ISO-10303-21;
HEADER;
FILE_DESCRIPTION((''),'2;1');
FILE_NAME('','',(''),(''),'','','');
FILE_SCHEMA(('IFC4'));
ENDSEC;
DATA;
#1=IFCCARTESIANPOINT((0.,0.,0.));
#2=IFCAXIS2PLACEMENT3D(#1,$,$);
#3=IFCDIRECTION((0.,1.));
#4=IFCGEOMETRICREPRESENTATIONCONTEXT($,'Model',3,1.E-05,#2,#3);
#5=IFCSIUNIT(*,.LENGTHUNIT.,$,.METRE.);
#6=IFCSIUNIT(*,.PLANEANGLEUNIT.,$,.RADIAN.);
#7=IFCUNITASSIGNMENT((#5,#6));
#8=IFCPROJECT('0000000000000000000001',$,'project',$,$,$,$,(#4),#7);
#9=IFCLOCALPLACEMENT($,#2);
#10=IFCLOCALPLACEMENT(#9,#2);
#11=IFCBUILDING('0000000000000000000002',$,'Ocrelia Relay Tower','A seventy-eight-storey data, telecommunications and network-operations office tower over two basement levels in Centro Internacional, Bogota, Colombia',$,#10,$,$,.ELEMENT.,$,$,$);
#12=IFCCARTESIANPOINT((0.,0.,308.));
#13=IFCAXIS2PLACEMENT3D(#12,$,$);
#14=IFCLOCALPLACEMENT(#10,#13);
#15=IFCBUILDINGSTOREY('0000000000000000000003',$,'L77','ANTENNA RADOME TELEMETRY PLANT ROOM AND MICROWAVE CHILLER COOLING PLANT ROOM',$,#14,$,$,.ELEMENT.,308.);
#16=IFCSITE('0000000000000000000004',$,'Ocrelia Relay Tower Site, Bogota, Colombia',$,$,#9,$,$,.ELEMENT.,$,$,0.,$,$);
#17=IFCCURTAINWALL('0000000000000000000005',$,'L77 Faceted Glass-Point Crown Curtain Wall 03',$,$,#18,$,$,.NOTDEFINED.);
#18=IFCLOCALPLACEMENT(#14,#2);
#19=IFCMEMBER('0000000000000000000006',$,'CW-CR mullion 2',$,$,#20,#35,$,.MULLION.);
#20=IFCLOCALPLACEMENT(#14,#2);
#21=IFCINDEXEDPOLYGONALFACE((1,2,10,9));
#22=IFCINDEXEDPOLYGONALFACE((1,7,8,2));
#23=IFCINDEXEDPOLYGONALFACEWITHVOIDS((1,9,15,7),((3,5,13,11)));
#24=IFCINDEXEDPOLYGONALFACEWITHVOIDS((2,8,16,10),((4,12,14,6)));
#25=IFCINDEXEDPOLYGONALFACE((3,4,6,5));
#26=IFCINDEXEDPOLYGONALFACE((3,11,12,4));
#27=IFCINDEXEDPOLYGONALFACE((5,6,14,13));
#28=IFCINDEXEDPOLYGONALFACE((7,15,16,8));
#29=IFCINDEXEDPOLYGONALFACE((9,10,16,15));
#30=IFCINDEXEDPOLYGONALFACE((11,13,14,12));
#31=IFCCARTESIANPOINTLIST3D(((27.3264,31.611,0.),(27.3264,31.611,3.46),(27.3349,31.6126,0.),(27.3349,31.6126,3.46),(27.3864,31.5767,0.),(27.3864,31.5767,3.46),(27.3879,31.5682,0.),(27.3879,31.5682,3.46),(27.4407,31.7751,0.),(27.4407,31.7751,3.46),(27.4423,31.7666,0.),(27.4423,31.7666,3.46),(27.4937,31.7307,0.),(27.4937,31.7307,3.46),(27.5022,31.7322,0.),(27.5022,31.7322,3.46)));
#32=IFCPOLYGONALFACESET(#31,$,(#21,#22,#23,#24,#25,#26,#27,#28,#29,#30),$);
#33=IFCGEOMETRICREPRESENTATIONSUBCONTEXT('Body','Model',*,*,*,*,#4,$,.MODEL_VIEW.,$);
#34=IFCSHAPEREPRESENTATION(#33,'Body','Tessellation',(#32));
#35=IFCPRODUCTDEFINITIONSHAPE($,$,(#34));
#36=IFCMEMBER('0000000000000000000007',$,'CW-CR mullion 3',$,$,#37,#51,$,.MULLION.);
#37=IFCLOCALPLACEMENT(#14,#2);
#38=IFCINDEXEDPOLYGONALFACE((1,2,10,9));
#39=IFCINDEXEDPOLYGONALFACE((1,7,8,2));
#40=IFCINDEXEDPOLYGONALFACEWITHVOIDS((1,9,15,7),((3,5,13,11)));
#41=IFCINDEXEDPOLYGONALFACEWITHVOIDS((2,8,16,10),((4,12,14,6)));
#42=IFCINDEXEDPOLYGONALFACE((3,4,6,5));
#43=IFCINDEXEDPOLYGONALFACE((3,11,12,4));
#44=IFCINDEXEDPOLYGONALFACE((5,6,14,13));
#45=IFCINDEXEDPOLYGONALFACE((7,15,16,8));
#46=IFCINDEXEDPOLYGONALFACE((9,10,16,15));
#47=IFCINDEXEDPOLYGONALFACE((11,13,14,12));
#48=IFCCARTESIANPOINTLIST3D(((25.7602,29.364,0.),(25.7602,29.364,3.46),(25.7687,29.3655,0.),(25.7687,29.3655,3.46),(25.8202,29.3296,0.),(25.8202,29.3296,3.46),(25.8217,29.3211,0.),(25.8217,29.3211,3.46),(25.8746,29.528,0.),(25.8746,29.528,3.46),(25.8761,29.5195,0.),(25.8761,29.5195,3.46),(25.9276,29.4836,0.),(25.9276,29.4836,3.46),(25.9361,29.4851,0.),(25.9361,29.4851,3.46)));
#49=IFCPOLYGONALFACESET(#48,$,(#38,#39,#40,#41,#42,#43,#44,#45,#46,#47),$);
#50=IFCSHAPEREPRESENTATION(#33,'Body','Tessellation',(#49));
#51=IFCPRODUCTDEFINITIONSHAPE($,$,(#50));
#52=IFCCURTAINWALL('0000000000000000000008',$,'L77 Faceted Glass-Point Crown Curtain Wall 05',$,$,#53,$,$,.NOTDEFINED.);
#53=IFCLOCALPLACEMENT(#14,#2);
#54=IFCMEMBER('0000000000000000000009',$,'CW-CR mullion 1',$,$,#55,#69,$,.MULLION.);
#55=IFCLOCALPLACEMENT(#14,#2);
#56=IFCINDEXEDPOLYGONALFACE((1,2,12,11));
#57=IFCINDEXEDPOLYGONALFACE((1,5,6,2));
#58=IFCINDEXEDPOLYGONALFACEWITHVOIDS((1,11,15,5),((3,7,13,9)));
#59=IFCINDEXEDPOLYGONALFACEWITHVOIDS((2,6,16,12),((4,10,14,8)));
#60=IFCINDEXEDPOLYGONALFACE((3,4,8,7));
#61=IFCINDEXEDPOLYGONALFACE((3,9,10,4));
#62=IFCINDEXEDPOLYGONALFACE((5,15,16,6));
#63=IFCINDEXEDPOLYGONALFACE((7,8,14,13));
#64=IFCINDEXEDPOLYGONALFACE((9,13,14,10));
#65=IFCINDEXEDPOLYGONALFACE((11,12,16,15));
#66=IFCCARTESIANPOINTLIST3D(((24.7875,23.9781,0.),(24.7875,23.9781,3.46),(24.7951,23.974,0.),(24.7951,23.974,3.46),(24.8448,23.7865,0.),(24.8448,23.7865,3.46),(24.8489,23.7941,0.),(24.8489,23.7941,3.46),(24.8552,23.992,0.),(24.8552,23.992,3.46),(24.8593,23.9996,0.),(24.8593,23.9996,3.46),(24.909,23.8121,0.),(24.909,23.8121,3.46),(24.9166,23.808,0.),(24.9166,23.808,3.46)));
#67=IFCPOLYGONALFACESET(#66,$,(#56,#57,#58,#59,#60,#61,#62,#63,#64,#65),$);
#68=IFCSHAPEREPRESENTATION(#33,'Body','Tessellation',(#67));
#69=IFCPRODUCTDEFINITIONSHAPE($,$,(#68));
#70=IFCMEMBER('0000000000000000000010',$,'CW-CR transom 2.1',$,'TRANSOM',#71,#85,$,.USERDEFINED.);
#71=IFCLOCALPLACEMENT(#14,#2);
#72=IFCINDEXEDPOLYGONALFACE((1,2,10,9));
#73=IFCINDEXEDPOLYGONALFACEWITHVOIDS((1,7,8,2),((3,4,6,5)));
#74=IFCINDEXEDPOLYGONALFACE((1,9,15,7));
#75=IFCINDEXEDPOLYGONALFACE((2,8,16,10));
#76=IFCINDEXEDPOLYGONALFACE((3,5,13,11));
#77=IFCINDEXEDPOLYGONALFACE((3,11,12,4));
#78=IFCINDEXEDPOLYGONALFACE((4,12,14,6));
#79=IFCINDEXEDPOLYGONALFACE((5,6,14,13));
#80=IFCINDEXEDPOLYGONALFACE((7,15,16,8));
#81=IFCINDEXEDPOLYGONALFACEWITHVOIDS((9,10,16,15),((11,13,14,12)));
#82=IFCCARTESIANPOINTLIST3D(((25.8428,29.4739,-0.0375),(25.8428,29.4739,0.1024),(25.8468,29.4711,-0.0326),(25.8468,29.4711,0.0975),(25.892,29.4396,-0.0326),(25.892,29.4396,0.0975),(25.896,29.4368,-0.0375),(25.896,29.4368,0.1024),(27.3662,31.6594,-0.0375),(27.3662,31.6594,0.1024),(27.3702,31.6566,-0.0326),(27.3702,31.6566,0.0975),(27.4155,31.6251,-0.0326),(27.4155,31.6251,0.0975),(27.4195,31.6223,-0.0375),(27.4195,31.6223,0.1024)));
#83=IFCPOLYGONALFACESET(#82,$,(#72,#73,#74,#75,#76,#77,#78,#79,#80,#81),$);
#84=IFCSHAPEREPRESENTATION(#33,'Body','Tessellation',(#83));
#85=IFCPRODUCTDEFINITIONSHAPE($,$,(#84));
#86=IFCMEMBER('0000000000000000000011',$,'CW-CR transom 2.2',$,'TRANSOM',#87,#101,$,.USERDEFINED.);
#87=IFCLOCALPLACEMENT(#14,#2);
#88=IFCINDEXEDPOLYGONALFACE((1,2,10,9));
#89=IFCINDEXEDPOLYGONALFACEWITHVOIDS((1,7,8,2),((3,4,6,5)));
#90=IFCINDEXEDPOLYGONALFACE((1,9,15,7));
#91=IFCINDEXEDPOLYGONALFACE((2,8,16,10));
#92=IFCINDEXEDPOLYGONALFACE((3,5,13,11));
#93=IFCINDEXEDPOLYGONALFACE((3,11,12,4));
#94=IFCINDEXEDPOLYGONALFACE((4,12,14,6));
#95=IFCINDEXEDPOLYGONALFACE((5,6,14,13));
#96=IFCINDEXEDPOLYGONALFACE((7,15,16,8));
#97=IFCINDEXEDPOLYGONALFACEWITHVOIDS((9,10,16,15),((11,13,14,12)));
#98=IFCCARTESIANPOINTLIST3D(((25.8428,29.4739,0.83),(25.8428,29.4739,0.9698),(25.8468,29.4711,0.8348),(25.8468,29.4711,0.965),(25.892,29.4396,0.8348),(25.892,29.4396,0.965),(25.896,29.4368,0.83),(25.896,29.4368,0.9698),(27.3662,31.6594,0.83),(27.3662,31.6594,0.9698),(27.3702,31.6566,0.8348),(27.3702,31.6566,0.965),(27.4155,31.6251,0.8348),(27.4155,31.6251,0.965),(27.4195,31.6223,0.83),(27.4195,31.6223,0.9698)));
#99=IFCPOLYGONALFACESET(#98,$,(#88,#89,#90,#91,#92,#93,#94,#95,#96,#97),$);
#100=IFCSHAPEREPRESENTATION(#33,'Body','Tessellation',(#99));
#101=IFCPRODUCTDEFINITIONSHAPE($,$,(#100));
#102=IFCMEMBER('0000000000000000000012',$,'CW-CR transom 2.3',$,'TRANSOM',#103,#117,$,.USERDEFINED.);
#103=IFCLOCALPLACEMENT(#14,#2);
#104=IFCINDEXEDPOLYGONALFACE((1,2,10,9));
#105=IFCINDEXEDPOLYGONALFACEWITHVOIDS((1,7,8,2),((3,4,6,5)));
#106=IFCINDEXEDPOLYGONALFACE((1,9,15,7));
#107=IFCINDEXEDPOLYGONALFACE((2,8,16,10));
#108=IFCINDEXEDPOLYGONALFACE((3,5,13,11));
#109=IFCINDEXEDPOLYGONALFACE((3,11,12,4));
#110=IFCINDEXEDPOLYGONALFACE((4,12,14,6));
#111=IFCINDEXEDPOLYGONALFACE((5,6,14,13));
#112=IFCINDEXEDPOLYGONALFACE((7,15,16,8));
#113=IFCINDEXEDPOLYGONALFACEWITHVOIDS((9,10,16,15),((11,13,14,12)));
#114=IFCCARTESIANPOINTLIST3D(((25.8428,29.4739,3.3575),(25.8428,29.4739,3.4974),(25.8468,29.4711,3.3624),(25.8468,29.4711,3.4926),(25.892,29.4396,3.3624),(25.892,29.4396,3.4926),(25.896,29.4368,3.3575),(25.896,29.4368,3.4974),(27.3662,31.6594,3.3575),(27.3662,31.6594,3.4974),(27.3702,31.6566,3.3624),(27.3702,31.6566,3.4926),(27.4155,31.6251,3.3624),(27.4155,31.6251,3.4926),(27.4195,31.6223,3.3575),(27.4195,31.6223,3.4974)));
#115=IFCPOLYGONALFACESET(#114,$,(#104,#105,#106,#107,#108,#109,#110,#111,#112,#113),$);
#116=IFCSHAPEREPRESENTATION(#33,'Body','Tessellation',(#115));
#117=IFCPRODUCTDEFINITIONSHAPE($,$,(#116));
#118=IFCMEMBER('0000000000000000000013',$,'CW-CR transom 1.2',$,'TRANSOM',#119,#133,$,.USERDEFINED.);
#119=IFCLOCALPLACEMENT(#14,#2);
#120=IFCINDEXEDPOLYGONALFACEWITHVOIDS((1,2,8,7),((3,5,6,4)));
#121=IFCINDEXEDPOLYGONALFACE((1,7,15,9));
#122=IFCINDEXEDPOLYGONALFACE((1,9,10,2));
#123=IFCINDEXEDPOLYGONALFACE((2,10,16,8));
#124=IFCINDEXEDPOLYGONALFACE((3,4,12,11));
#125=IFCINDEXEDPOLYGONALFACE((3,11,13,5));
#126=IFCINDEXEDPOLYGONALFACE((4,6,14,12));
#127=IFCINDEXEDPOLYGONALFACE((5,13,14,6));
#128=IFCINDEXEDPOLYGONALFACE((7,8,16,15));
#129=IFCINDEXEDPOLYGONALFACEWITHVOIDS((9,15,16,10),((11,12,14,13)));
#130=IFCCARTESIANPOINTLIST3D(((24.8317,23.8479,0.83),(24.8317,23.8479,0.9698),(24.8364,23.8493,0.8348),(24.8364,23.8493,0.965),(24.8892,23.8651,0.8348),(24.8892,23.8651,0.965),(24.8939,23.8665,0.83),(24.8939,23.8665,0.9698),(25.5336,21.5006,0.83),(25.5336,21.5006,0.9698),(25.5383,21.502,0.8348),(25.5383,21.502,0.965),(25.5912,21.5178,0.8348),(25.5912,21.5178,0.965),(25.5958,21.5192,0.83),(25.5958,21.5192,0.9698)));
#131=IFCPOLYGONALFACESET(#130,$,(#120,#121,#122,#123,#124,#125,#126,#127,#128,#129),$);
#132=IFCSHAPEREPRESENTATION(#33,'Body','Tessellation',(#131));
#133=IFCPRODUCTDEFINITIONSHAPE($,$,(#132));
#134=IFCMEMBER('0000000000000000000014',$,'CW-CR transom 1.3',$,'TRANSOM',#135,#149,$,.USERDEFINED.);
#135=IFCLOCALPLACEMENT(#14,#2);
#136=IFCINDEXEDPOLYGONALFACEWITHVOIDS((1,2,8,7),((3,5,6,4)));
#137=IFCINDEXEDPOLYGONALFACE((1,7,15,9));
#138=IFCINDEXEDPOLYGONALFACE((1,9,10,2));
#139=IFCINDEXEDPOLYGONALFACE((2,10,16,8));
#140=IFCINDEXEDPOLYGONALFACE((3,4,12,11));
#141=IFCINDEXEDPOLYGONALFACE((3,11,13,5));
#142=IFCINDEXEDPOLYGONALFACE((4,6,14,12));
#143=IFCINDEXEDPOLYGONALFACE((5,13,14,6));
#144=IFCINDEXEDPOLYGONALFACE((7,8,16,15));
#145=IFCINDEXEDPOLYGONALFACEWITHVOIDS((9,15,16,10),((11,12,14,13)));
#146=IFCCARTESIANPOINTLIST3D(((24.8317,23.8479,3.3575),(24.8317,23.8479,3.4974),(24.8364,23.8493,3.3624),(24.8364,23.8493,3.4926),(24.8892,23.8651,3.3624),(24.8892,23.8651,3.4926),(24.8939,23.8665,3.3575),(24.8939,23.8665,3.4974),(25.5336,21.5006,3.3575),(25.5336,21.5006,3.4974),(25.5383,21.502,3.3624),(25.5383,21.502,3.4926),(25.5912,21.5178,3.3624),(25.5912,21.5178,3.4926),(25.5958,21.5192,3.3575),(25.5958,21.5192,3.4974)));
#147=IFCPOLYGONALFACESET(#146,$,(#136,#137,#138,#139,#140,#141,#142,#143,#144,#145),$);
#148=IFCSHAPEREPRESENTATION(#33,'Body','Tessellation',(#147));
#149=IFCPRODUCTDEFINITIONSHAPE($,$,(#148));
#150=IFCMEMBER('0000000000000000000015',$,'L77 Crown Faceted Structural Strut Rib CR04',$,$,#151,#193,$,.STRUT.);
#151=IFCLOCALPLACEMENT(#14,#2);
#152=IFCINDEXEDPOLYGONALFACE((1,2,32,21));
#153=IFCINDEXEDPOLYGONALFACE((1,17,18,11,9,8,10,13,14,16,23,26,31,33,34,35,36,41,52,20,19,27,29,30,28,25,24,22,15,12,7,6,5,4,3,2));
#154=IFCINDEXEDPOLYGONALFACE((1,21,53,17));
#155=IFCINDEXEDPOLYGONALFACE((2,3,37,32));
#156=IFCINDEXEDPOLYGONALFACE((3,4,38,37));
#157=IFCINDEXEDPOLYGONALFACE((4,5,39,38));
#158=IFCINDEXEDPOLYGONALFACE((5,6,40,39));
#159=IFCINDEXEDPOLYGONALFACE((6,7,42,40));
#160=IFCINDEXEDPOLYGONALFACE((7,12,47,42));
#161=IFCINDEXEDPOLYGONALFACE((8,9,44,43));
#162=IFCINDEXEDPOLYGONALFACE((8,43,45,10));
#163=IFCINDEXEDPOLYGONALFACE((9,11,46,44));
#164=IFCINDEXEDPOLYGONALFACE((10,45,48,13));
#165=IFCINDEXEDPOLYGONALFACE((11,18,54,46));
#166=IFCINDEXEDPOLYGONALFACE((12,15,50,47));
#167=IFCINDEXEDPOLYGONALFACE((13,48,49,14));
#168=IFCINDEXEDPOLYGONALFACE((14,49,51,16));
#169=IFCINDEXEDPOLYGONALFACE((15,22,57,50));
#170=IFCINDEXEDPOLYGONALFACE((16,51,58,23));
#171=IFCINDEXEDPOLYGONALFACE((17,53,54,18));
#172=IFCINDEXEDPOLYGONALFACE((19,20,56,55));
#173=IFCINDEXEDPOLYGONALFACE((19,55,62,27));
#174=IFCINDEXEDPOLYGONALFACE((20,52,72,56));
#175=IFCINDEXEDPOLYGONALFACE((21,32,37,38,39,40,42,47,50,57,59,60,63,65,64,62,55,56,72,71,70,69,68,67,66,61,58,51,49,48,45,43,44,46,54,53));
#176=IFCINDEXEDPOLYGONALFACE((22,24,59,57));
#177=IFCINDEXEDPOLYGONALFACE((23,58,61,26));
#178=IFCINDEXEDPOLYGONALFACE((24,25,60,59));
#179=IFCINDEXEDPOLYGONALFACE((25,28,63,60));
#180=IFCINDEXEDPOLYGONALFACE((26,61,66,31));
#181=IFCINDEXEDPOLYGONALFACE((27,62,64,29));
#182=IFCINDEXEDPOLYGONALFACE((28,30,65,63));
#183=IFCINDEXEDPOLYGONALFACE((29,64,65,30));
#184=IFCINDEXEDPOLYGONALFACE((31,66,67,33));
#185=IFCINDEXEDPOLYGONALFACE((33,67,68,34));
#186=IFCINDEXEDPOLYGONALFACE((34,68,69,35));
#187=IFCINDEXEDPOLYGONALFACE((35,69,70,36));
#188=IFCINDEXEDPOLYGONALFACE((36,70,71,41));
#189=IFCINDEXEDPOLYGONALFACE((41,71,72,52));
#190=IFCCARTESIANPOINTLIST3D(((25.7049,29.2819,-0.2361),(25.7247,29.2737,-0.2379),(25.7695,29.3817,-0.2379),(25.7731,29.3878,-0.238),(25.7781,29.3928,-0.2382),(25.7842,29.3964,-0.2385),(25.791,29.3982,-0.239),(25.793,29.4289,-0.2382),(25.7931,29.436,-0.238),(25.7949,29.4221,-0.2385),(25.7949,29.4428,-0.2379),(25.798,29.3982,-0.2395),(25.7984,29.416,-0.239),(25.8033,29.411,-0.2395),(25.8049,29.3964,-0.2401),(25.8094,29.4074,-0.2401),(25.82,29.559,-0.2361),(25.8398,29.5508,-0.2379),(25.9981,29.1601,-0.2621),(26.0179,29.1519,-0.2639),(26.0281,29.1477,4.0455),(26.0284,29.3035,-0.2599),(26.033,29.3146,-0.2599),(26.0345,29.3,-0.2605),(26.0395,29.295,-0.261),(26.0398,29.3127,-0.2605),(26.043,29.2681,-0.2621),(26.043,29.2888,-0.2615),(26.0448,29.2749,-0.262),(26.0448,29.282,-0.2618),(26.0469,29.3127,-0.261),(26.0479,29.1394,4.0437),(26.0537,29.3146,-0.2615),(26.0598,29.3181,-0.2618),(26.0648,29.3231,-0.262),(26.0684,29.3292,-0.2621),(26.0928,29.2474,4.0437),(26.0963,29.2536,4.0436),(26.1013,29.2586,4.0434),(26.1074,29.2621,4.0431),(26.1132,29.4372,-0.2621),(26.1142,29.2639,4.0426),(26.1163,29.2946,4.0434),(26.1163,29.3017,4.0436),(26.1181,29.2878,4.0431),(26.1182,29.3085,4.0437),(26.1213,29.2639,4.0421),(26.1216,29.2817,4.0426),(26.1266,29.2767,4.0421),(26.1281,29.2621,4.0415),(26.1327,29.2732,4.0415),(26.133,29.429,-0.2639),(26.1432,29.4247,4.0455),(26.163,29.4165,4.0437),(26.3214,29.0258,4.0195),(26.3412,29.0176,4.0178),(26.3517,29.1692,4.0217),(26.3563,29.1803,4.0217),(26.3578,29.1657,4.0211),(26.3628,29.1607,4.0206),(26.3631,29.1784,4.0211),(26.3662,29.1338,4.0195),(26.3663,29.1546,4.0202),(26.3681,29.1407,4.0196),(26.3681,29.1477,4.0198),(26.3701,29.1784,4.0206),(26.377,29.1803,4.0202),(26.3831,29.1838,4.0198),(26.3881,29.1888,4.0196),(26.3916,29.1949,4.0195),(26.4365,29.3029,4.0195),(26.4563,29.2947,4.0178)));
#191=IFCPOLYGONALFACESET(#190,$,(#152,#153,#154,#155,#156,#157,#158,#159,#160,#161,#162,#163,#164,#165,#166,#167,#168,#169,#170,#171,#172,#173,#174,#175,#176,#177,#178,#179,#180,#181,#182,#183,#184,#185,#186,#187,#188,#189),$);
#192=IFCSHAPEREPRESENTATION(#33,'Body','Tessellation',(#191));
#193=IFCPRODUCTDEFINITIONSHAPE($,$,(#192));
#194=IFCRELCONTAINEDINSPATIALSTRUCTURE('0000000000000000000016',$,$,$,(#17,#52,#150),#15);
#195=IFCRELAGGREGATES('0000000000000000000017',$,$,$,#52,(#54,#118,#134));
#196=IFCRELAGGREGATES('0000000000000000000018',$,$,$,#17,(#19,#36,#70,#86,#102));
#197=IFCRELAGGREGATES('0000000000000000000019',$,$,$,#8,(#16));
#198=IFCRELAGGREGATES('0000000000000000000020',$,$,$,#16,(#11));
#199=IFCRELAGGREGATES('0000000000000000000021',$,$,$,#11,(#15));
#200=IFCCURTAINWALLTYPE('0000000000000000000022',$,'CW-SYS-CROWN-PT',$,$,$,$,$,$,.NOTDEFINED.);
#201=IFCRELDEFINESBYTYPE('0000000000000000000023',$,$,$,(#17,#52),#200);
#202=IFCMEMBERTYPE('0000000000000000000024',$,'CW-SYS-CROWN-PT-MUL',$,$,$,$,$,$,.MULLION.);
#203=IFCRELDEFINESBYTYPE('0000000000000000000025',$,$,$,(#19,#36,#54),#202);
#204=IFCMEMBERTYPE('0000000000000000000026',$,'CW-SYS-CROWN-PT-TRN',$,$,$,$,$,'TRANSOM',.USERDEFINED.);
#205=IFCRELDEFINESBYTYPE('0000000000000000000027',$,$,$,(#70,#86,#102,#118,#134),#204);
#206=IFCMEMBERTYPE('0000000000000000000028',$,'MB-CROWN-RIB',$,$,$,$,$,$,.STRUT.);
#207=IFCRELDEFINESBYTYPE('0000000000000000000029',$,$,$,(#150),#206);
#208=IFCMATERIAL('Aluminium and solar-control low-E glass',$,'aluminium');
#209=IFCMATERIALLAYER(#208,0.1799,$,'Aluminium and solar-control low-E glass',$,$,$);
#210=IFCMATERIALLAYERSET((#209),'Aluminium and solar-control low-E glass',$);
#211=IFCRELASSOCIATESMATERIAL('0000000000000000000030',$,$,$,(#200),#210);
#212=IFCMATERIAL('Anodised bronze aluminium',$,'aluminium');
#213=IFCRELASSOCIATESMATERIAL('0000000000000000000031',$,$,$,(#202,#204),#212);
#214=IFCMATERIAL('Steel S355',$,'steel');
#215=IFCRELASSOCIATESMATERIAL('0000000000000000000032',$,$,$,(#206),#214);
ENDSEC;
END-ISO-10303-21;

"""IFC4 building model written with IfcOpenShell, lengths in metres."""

from ifc_helpers import new_model, si_unit, direction, frame, origin, origin_2d, place, context, subcontext, project, spatial, hollow_rectangle, i_section, extrude, material, layer, layer_set, material_profile, profile_set, type_object, element, aggregate, save


model = new_model("IFC4")

# Units and contexts
model_context = context("Model", 3, precision=1e-05, world=origin(), true_north=direction((0.0, 1.0)))
body_context = subcontext(model_context, "Body", "Model", "MODEL_VIEW")
ifc_project = project(units=[si_unit("LENGTHUNIT", "METRE"), si_unit("PLANEANGLEUNIT", "RADIAN")], contexts=[model_context])

# Site, building, storey
site_placement = place(None, origin())
site = spatial("IfcSite", under=ifc_project, at=site_placement, Name="Ocrelia Relay Tower Site, Bogota, Colombia", CompositionType="ELEMENT", RefElevation=0.0)
building_placement = place(site_placement, origin())
building = spatial("IfcBuilding", under=site, at=building_placement, Name="Ocrelia Relay Tower", Description="A seventy-eight-storey data, telecommunications and network-operations office tower over two basement levels in Centro Internacional, Bogota, Colombia", CompositionType="ELEMENT")
storey_placement = place(building_placement, frame((0.0, 0.0, 308.0)))
storey = spatial("IfcBuildingStorey", under=building, at=storey_placement, Name="L77", Description="ANTENNA RADOME TELEMETRY PLANT ROOM AND MICROWAVE CHILLER COOLING PLANT ROOM", CompositionType="ELEMENT", Elevation=308.0)

# Shared definitions
ifc_material_1 = material(Name="Steel S355", Category="steel")

# Curtain wall, members
ifc_material_2 = material(Name="Aluminium and solar-control low-E glass", Category="aluminium")
ifc_layer_1 = layer(ifc_material_2, 0.1799, Name="Aluminium and solar-control low-E glass")
ifc_layer_set_1 = layer_set([ifc_layer_1], Name="Aluminium and solar-control low-E glass")
curtain_wall_type = type_object("IfcCurtainWallType", Name="CW-SYS-CROWN-PT", PredefinedType="NOTDEFINED", material=ifc_layer_set_1)
curtain_wall_1_placement = place(storey_placement, origin())
curtain_wall_1 = element("IfcCurtainWall", 1, at=curtain_wall_1_placement, inside=storey, type_object=curtain_wall_type, Name="L77 Faceted Glass-Point Crown Curtain Wall 03", PredefinedType="NOTDEFINED")
ifc_material_3 = material(Name="Anodised bronze aluminium", Category="aluminium")
ifc_material_profile_1 = material_profile(ifc_material_3, hollow_rectangle(XDim=0.075, YDim=0.2, WallThickness=0.0061, at=origin_2d()), Name="CW-MUL-200x75")
ifc_profile_set_1 = profile_set([ifc_material_profile_1], Name="Anodised bronze aluminium")
member_type_1 = type_object("IfcMemberType", Name="CW-SYS-CROWN-PT-MUL", PredefinedType="MULLION", material=ifc_profile_set_1)
member_1_placement = place(storey_placement, frame((27.4143, 31.6716, 0.0), z_axis=(0.0, 0.0, 1.0), x_axis=(0.82036, -0.571848, 0.0)))
member_1 = element("IfcMember", 2, at=member_1_placement, type_object=member_type_1, Name="CW-CR mullion 2", PredefinedType="MULLION", context=body_context, shape_type="SweptSolid", body=[
    extrude(hollow_rectangle(XDim=0.075, YDim=0.2, WallThickness=0.0061, at=origin_2d()), origin(), (0.0, 0.0, 1.0), 3.46),
])
member_2_placement = place(storey_placement, frame((25.8481, 29.4246, 0.0), z_axis=(0.0, 0.0, 1.0), x_axis=(0.82036, -0.571848, 0.0)))
member_2 = element("IfcMember", 3, at=member_2_placement, type_object=member_type_1, Name="CW-CR mullion 3", PredefinedType="MULLION", context=body_context, shape_type="SweptSolid", body=[
    extrude(hollow_rectangle(XDim=0.075, YDim=0.2, WallThickness=0.0061, at=origin_2d()), origin(), (0.0, 0.0, 1.0), 3.46),
])

# Curtain wall, member
curtain_wall_2_placement = place(storey_placement, origin())
curtain_wall_2 = element("IfcCurtainWall", 4, at=curtain_wall_2_placement, inside=storey, type_object=curtain_wall_type, Name="L77 Faceted Glass-Point Crown Curtain Wall 05", PredefinedType="NOTDEFINED")
member_3_placement = place(storey_placement, frame((24.8521, 23.8931, 0.0), z_axis=(0.0, 0.0, 1.0), x_axis=(0.958057, 0.286578, 0.0)))
member_3 = element("IfcMember", 5, at=member_3_placement, type_object=member_type_1, Name="CW-CR mullion 1", PredefinedType="MULLION", context=body_context, shape_type="SweptSolid", body=[
    extrude(hollow_rectangle(XDim=0.075, YDim=0.2, WallThickness=0.0061, at=origin_2d()), origin(), (0.0, 0.0, 1.0), 3.46),
])

# Members
ifc_material_profile_2 = material_profile(ifc_material_3, hollow_rectangle(XDim=0.0649, YDim=0.1399, WallThickness=0.0049, at=origin_2d()), Name="CW-TRN-140x65")
ifc_profile_set_2 = profile_set([ifc_material_profile_2], Name="Anodised bronze aluminium")
member_type_2 = type_object("IfcMemberType", Name="CW-SYS-CROWN-PT-TRN", ElementType="TRANSOM", PredefinedType="USERDEFINED", material=ifc_profile_set_2)
member_4_placement = place(storey_placement, frame((27.3928, 31.6409, 0.0325), z_axis=(-0.571838, -0.820367, 0.0), x_axis=(0.820367, -0.571838, 0.0)))
member_4 = element("IfcMember", 6, at=member_4_placement, type_object=member_type_2, Name="CW-CR transom 2.1", ObjectType="TRANSOM", PredefinedType="USERDEFINED", context=body_context, shape_type="SweptSolid", body=[
    extrude(hollow_rectangle(XDim=0.0649, YDim=0.1399, WallThickness=0.0049, at=origin_2d()), origin(), (0.0, 0.0, 1.0), 2.6641),
])
member_5_placement = place(storey_placement, frame((27.3928, 31.6409, 0.8999), z_axis=(-0.571838, -0.820367, 0.0), x_axis=(0.820367, -0.571838, 0.0)))
member_5 = element("IfcMember", 7, at=member_5_placement, type_object=member_type_2, Name="CW-CR transom 2.2", ObjectType="TRANSOM", PredefinedType="USERDEFINED", context=body_context, shape_type="SweptSolid", body=[
    extrude(hollow_rectangle(XDim=0.0649, YDim=0.1399, WallThickness=0.0049, at=origin_2d()), origin(), (0.0, 0.0, 1.0), 2.6641),
])
member_6_placement = place(storey_placement, frame((27.3928, 31.6409, 3.4275), z_axis=(-0.571838, -0.820367, 0.0), x_axis=(0.820367, -0.571838, 0.0)))
member_6 = element("IfcMember", 8, at=member_6_placement, type_object=member_type_2, Name="CW-CR transom 2.3", ObjectType="TRANSOM", PredefinedType="USERDEFINED", context=body_context, shape_type="SweptSolid", body=[
    extrude(hollow_rectangle(XDim=0.0649, YDim=0.1399, WallThickness=0.0049, at=origin_2d()), origin(), (0.0, 0.0, 1.0), 2.6641),
])
member_7_placement = place(storey_placement, frame((24.8628, 23.8572, 0.8999), z_axis=(0.286507, -0.958078, 0.0), x_axis=(0.958078, 0.286507, 0.0)))
member_7 = element("IfcMember", 9, at=member_7_placement, type_object=member_type_2, Name="CW-CR transom 1.2", ObjectType="TRANSOM", PredefinedType="USERDEFINED", context=body_context, shape_type="SweptSolid", body=[
    extrude(hollow_rectangle(XDim=0.0649, YDim=0.1399, WallThickness=0.0049, at=origin_2d()), origin(), (0.0, 0.0, 1.0), 2.45),
])
member_8_placement = place(storey_placement, frame((24.8628, 23.8572, 3.4275), z_axis=(0.286507, -0.958078, 0.0), x_axis=(0.958078, 0.286507, 0.0)))
member_8 = element("IfcMember", 10, at=member_8_placement, type_object=member_type_2, Name="CW-CR transom 1.3", ObjectType="TRANSOM", PredefinedType="USERDEFINED", context=body_context, shape_type="SweptSolid", body=[
    extrude(hollow_rectangle(XDim=0.0649, YDim=0.1399, WallThickness=0.0049, at=origin_2d()), origin(), (0.0, 0.0, 1.0), 2.45),
])
aggregate(curtain_wall_2, [member_3, member_7, member_8])

# Member
ifc_material_profile_3 = material_profile(ifc_material_1, i_section(OverallWidth=0.3, OverallDepth=0.3401, WebThickness=0.012, FlangeThickness=0.0215, FilletRadius=0.0271, at=origin_2d()), Name="HEB 340")
ifc_profile_set_3 = profile_set([ifc_material_profile_3], Name="Steel S355")
member_type_3 = type_object("IfcMemberType", Name="MB-CROWN-RIB", PredefinedType="STRUT", material=ifc_profile_set_3)
member_9_placement = place(storey_placement, frame((25.9189, 29.3555, -0.25), z_axis=(0.075246, -0.031258, 0.996675), x_axis=(0.383625, 0.923489, 0.0)))
element("IfcMember", 11, at=member_9_placement, inside=storey, type_object=member_type_3, Name="L77 Crown Faceted Structural Strut Rib CR04", PredefinedType="STRUT", context=body_context, shape_type="SweptSolid", body=[
    extrude(i_section(OverallWidth=0.3, OverallDepth=0.3401, WebThickness=0.012, FlangeThickness=0.0215, FilletRadius=0.0271, at=origin_2d()), origin(), (0.0, 0.0, 1.0), 4.2959),
])

aggregate(curtain_wall_1, [member_1, member_2, member_4, member_5, member_6])

save(model, "model.ifc")
